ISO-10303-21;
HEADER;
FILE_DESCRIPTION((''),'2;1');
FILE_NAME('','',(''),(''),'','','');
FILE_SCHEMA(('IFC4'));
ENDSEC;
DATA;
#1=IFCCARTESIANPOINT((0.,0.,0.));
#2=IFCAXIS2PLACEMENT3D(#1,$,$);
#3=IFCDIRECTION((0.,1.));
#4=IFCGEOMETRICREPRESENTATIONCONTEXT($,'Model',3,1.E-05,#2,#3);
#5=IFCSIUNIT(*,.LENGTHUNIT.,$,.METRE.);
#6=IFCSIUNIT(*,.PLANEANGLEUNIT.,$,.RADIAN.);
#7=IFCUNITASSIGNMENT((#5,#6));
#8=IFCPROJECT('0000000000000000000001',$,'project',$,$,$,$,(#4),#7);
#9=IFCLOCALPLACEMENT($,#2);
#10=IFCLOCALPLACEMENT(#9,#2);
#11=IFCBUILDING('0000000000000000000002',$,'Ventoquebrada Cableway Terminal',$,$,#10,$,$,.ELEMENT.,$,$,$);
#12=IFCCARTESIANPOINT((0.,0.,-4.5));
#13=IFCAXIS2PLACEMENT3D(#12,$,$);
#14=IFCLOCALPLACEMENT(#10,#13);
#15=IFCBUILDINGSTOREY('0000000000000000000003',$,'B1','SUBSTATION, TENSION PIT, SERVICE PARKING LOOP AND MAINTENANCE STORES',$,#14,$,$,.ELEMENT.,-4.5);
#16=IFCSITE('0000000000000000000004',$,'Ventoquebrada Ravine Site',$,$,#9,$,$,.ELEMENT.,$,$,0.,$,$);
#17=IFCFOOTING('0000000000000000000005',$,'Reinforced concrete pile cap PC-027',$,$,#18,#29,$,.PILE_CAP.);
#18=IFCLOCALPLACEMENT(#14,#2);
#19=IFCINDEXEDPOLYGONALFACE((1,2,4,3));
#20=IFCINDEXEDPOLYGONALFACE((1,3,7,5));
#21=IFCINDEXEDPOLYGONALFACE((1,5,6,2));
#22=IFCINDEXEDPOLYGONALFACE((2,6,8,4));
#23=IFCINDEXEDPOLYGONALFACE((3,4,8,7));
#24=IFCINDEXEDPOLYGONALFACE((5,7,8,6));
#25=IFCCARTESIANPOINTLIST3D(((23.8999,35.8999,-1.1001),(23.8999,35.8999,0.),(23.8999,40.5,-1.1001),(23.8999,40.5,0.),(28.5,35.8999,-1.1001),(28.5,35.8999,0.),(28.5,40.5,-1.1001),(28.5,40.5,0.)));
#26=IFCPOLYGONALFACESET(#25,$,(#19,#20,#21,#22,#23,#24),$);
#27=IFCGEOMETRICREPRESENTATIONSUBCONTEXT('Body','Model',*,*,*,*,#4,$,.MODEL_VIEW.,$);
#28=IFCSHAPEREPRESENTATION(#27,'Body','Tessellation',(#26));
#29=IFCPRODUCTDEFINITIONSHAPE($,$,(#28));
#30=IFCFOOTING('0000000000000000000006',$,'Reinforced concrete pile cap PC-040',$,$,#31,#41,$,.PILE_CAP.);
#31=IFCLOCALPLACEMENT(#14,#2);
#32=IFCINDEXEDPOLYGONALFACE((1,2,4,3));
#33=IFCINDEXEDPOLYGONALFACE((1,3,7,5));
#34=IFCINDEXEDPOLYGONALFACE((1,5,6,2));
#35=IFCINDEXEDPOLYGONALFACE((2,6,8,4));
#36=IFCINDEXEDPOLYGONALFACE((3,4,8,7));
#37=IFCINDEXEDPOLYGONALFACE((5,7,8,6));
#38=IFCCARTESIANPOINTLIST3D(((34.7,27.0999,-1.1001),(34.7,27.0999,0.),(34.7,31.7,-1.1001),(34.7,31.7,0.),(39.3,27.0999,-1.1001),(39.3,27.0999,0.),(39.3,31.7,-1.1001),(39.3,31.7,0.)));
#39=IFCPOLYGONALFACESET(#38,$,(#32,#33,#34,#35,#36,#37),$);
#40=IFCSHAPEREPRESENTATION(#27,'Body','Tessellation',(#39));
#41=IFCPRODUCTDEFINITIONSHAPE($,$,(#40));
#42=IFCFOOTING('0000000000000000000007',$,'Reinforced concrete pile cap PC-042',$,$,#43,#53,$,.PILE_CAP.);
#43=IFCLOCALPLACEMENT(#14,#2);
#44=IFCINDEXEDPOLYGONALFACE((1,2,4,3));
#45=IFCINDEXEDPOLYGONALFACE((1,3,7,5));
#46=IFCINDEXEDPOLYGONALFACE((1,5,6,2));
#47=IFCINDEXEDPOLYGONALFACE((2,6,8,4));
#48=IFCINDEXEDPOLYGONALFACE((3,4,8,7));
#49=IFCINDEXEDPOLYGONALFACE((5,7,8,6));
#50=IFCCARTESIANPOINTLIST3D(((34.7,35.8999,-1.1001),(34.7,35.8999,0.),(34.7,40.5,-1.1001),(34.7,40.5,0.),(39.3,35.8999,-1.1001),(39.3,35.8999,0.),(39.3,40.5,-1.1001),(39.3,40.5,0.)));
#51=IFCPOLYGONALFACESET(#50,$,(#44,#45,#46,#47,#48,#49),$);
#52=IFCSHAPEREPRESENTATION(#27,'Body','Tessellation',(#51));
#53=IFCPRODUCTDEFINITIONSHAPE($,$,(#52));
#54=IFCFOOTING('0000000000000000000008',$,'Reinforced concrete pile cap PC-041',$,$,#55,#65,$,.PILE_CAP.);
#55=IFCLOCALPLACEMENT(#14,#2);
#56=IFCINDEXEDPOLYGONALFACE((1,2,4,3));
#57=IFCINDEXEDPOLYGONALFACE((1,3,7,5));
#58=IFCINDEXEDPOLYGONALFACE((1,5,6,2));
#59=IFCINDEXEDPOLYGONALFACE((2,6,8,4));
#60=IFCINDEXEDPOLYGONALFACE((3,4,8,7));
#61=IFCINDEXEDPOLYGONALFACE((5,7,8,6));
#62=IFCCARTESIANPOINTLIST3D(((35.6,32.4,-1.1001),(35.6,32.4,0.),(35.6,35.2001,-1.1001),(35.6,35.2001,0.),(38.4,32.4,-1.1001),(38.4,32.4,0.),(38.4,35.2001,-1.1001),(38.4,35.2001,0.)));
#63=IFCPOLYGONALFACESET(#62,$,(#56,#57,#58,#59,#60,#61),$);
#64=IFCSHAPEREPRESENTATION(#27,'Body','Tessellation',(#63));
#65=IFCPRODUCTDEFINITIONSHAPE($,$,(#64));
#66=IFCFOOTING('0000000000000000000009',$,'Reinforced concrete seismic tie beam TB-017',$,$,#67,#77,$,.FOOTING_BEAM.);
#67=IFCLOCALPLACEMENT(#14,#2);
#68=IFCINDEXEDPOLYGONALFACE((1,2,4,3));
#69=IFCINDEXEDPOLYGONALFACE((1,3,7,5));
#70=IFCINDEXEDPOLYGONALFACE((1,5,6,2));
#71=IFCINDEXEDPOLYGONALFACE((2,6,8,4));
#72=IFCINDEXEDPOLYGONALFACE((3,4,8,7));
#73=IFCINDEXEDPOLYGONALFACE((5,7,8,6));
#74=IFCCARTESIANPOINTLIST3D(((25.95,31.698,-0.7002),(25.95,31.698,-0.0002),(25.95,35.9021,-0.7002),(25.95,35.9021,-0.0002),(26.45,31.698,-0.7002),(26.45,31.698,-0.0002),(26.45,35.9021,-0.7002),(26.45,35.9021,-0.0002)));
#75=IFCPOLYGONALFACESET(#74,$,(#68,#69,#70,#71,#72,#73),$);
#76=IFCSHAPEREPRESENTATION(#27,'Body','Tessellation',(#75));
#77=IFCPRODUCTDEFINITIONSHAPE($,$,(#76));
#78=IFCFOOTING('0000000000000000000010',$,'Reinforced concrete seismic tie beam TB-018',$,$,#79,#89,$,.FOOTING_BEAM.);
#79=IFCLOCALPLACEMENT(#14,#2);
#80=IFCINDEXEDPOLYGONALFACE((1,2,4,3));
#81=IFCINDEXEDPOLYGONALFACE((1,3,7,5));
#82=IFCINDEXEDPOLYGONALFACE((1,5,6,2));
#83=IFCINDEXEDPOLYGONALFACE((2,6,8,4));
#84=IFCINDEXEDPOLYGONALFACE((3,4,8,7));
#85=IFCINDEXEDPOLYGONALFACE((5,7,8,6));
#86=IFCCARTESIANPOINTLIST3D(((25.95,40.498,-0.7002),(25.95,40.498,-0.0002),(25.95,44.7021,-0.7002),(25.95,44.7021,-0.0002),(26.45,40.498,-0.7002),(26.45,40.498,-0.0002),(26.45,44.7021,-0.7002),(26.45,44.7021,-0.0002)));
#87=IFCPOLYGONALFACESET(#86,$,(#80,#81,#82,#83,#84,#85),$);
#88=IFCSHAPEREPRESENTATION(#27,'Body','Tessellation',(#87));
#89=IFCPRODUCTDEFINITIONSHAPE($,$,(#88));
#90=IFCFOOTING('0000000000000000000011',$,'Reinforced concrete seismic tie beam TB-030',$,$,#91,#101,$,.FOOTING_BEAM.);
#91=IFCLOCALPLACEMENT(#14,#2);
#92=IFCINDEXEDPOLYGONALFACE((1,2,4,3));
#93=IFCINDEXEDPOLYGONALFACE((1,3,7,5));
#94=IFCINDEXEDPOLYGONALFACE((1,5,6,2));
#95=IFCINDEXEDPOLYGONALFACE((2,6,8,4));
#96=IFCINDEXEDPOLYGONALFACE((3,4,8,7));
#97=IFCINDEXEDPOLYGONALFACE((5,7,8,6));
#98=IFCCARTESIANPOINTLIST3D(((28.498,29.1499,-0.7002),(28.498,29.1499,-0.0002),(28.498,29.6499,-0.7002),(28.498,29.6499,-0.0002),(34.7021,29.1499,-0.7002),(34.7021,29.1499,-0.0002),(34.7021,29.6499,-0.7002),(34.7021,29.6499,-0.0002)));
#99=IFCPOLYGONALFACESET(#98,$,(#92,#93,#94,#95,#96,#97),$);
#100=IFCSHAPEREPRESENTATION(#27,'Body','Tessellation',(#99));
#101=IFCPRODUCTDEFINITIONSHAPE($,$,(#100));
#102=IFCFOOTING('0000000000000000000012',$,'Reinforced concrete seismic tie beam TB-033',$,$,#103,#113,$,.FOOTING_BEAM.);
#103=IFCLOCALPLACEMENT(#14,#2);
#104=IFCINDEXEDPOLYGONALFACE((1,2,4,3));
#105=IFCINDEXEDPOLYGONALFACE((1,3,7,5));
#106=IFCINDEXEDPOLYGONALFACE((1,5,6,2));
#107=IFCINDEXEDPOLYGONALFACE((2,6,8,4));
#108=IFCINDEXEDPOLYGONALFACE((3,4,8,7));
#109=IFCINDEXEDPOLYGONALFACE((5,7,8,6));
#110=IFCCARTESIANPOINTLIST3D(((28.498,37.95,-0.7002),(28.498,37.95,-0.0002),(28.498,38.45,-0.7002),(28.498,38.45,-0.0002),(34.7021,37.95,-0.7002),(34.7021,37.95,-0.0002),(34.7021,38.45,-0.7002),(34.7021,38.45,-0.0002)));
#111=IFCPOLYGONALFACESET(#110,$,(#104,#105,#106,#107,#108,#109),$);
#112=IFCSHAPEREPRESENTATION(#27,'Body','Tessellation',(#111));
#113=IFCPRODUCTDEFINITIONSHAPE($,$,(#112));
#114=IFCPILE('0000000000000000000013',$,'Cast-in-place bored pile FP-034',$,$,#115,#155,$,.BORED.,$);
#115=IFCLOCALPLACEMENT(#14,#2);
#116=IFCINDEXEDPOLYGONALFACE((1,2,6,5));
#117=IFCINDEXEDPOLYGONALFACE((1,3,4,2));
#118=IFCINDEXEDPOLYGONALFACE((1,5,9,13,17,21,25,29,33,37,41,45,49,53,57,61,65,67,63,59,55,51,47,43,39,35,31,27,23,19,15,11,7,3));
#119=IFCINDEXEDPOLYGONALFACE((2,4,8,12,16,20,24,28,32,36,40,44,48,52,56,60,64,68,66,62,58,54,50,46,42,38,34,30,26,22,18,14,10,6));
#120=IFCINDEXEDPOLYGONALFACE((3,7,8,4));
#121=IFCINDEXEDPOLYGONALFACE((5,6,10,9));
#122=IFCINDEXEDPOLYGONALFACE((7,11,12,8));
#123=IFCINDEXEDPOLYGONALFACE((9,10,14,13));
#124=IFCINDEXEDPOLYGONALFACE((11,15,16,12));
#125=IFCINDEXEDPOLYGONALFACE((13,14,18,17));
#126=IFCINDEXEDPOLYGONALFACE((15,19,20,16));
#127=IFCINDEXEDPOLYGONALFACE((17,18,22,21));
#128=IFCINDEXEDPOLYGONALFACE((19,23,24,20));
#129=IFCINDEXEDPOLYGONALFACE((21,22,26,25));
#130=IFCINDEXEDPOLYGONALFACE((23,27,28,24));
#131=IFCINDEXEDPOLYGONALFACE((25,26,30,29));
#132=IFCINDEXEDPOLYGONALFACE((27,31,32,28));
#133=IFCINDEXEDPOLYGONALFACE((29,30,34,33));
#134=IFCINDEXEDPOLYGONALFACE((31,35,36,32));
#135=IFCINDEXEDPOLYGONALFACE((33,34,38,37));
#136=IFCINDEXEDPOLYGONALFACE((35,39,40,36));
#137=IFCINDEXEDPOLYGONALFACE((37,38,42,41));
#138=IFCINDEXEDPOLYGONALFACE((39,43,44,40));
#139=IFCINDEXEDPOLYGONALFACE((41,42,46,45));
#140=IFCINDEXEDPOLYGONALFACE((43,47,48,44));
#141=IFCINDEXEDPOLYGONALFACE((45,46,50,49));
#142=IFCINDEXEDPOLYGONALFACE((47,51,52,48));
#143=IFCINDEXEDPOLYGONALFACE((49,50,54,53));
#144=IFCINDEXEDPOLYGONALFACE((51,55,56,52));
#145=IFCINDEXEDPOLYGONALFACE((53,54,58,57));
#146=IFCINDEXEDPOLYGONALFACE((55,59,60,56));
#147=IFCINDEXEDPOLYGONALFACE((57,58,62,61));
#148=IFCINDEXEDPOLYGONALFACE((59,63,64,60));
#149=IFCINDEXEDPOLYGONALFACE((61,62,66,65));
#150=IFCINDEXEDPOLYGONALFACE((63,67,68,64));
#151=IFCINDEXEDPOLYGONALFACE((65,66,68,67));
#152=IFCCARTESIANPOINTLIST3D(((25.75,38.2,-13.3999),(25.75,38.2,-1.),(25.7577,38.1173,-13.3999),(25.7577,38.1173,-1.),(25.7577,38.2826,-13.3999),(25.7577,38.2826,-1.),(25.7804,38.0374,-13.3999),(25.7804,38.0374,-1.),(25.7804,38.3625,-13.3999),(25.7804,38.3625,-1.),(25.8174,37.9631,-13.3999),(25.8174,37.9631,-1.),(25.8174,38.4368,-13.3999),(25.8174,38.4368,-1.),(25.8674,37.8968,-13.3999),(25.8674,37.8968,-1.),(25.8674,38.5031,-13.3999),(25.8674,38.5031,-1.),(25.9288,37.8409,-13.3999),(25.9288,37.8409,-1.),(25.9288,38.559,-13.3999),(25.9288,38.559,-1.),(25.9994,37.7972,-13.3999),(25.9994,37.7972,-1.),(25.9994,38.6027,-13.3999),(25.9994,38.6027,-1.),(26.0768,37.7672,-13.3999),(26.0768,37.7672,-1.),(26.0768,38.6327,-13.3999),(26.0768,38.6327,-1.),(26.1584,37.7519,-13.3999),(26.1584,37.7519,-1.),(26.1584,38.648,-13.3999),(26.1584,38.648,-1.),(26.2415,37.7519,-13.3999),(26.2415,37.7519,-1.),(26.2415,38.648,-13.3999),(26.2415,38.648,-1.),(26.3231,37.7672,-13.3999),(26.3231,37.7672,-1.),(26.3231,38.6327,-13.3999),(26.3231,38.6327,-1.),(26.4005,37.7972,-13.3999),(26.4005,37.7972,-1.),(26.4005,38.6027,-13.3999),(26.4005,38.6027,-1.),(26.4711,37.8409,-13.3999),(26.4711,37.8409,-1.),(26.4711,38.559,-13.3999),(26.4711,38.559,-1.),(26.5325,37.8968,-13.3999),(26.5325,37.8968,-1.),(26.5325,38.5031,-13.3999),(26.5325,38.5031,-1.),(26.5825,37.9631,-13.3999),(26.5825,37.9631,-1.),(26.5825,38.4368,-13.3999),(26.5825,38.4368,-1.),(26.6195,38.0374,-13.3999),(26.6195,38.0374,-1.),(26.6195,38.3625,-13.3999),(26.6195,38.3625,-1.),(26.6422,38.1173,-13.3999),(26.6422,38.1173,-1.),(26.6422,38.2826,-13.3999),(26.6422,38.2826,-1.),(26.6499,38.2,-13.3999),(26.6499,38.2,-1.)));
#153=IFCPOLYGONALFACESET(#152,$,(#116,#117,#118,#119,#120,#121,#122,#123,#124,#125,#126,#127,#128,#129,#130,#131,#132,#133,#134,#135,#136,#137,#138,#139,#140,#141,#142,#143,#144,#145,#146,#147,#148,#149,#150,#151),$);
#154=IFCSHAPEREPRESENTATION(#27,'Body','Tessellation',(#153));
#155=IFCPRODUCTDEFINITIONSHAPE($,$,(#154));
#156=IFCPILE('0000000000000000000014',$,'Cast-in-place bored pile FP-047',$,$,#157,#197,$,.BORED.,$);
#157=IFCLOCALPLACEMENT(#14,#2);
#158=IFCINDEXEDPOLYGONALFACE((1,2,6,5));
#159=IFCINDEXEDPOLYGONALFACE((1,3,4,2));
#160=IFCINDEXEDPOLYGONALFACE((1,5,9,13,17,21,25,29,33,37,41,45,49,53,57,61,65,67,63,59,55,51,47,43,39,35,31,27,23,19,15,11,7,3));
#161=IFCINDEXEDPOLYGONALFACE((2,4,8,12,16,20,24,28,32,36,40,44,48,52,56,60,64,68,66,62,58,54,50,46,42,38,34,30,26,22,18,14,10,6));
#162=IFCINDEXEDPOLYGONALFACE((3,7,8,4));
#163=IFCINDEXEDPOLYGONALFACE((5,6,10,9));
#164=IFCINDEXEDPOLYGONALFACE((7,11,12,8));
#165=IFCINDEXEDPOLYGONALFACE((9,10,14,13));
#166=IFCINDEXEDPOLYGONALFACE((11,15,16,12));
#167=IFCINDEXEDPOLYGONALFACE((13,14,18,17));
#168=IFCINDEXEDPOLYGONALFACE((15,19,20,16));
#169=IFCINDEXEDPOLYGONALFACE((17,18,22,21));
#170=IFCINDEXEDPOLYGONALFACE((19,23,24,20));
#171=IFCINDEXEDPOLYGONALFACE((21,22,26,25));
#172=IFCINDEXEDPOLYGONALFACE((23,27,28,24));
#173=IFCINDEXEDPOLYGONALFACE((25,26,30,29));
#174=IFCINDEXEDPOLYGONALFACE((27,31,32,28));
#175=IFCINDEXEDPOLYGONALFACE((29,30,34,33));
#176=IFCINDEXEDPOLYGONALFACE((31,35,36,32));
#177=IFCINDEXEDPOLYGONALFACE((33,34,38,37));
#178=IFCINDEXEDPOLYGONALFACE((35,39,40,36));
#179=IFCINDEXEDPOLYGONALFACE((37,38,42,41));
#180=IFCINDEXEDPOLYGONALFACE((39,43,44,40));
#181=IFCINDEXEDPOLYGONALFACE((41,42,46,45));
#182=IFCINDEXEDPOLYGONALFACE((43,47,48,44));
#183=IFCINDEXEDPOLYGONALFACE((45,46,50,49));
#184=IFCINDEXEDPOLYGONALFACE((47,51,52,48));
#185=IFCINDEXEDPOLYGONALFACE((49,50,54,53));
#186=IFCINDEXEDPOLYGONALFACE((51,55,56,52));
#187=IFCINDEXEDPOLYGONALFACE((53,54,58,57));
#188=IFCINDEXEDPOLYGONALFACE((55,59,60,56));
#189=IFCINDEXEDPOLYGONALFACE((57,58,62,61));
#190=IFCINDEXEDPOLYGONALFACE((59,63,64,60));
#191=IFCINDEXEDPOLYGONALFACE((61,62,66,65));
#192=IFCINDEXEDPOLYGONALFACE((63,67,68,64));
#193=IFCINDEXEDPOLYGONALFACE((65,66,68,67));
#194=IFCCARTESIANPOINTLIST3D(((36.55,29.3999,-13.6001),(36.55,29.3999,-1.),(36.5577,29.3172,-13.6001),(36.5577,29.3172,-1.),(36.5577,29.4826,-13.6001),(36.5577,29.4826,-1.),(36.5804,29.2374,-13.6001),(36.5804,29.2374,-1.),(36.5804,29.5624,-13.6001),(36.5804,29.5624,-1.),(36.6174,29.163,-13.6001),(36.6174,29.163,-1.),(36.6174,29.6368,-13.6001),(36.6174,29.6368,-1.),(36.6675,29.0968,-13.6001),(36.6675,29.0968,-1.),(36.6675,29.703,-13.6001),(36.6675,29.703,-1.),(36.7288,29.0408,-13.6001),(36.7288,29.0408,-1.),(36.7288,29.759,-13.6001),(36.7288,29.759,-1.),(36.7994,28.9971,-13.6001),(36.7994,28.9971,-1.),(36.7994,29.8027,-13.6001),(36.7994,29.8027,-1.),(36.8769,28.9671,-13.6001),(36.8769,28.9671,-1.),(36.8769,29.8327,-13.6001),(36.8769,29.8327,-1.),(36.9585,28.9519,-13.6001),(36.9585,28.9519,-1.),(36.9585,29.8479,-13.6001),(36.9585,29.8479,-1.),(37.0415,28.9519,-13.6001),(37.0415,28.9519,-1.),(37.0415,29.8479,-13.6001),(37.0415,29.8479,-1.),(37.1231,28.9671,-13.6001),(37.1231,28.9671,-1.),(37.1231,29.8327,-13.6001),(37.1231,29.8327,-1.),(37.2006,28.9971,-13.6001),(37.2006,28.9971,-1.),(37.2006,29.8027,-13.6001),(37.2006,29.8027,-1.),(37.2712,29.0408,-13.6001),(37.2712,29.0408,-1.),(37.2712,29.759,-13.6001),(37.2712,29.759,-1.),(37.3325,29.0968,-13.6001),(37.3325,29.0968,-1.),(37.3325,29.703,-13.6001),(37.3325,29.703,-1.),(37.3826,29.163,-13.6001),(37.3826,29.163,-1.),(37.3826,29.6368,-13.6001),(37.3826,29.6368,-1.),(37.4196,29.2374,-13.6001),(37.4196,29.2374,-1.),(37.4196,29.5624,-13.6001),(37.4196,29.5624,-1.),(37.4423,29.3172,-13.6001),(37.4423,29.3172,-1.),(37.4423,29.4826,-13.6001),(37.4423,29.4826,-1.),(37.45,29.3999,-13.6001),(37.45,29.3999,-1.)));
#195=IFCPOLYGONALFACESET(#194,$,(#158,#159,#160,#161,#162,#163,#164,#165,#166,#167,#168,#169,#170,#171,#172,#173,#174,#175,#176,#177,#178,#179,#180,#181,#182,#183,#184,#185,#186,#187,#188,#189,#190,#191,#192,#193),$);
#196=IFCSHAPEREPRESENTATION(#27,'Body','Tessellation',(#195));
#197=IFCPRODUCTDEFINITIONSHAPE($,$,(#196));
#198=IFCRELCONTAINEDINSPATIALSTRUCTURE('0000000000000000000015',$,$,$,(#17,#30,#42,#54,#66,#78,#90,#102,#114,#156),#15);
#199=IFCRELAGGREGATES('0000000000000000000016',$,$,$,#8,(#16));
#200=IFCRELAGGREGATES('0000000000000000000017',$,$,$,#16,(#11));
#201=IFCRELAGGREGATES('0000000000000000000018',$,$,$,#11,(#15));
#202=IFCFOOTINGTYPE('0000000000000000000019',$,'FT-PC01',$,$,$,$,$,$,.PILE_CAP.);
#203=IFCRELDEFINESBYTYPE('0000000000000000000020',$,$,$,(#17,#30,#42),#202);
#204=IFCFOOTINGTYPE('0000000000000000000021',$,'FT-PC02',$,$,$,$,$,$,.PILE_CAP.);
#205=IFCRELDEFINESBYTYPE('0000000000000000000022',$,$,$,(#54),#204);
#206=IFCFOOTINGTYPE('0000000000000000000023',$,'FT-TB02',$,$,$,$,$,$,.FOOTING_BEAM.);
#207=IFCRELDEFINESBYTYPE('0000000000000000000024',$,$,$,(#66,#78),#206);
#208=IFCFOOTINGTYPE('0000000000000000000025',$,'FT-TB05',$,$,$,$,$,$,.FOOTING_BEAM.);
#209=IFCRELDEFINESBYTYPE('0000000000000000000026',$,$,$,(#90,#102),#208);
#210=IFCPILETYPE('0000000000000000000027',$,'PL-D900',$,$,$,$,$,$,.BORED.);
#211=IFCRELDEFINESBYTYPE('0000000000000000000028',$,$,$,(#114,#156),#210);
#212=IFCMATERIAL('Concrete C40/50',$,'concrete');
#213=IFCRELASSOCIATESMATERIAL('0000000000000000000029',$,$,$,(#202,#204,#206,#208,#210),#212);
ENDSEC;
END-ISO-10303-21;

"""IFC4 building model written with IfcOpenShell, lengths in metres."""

from ifc_helpers import new_model, si_unit, direction, frame, origin, origin_2d, place, context, subcontext, project, spatial, rectangle, circle, extrude, material, material_profile, profile_set, type_object, element, save


model = new_model("IFC4")

# Units and contexts
model_context = context("Model", 3, precision=1e-05, world=origin(), true_north=direction((0.0, 1.0)))
body_context = subcontext(model_context, "Body", "Model", "MODEL_VIEW")
ifc_project = project(units=[si_unit("LENGTHUNIT", "METRE"), si_unit("PLANEANGLEUNIT", "RADIAN")], contexts=[model_context])

# Site, building, storey
site_placement = place(None, origin())
site = spatial("IfcSite", under=ifc_project, at=site_placement, Name="Ventoquebrada Ravine Site", CompositionType="ELEMENT", RefElevation=0.0)
building_placement = place(site_placement, origin())
building = spatial("IfcBuilding", under=site, at=building_placement, Name="Ventoquebrada Cableway Terminal", CompositionType="ELEMENT")
storey_placement = place(building_placement, frame((0.0, 0.0, -4.5)))
storey = spatial("IfcBuildingStorey", under=building, at=storey_placement, Name="B1", Description="SUBSTATION, TENSION PIT, SERVICE PARKING LOOP AND MAINTENANCE STORES", CompositionType="ELEMENT", Elevation=-4.5)

# Footings
ifc_material = material(Name="Concrete C40/50", Category="concrete")
footing_type_1 = type_object("IfcFootingType", Name="FT-PC01", PredefinedType="PILE_CAP", material=ifc_material)
for number, where, z_axis, x_axis, name in (
    (1, (26.2, 38.2, -1.1001), (0.0, 0.0, 1.0), (1.0, 0.0, 0.0), "Reinforced concrete pile cap PC-027"),
    (2, (37.0, 29.3999, -1.1001), (0.0, 0.0, 1.0), (1.0, 0.0, 0.0), "Reinforced concrete pile cap PC-040"),
    (3, (37.0, 38.2, -1.1001), (0.0, 0.0, 1.0), (1.0, 0.0, 0.0), "Reinforced concrete pile cap PC-042"),
):
    element("IfcFooting", number, at=place(storey_placement, frame(where, z_axis=z_axis, x_axis=x_axis)), inside=storey, type_object=footing_type_1, Name=name, PredefinedType="PILE_CAP", context=body_context, shape_type="SweptSolid", body=[
        extrude(rectangle(XDim=4.6001, YDim=4.6001, at=origin_2d()), origin(), (0.0, 0.0, 1.0), 1.1001),
    ])
footing_type_2 = type_object("IfcFootingType", Name="FT-PC02", PredefinedType="PILE_CAP", material=ifc_material)
footing_placement = place(storey_placement, frame((37.0, 33.8, -1.1001), z_axis=(0.0, 0.0, 1.0), x_axis=(1.0, 0.0, 0.0)))
element("IfcFooting", 4, at=footing_placement, inside=storey, type_object=footing_type_2, Name="Reinforced concrete pile cap PC-041", PredefinedType="PILE_CAP", context=body_context, shape_type="SweptSolid", body=[
    extrude(rectangle(XDim=2.8, YDim=2.8, at=origin_2d()), origin(), (0.0, 0.0, 1.0), 1.1001),
])
footing_type_3 = type_object("IfcFootingType", Name="FT-TB02", PredefinedType="FOOTING_BEAM", material=ifc_material)
for number, where, z_axis, x_axis, name in (
    (5, (26.2, 33.8, -0.7002), (0.0, 0.0, 1.0), (0.0, 1.0, 0.0), "Reinforced concrete seismic tie beam TB-017"),
    (6, (26.2, 42.6001, -0.7002), (0.0, 0.0, 1.0), (0.0, 1.0, 0.0), "Reinforced concrete seismic tie beam TB-018"),
):
    element("IfcFooting", number, at=place(storey_placement, frame(where, z_axis=z_axis, x_axis=x_axis)), inside=storey, type_object=footing_type_3, Name=name, PredefinedType="FOOTING_BEAM", context=body_context, shape_type="SweptSolid", body=[
        extrude(rectangle(XDim=4.2041, YDim=0.5, at=origin_2d()), origin(), (0.0, 0.0, 1.0), 0.7),
    ])
footing_type_4 = type_object("IfcFootingType", Name="FT-TB05", PredefinedType="FOOTING_BEAM", material=ifc_material)
for number, where, z_axis, x_axis, name in (
    (7, (31.6001, 29.3999, -0.7002), (0.0, 0.0, 1.0), (1.0, 0.0, 0.0), "Reinforced concrete seismic tie beam TB-030"),
    (8, (31.6001, 38.2, -0.7002), (0.0, 0.0, 1.0), (1.0, 0.0, 0.0), "Reinforced concrete seismic tie beam TB-033"),
):
    element("IfcFooting", number, at=place(storey_placement, frame(where, z_axis=z_axis, x_axis=x_axis)), inside=storey, type_object=footing_type_4, Name=name, PredefinedType="FOOTING_BEAM", context=body_context, shape_type="SweptSolid", body=[
        extrude(rectangle(XDim=6.2041, YDim=0.5, at=origin_2d()), origin(), (0.0, 0.0, 1.0), 0.7),
    ])

# Piles
ifc_material_profile_1 = material_profile(ifc_material, circle(Radius=0.45, at=origin_2d()), Name="PILE-D900")
ifc_profile_set_1 = profile_set([ifc_material_profile_1], Name="Concrete C40/50")
pile_type = type_object("IfcPileType", Name="PL-D900", PredefinedType="BORED", material=ifc_profile_set_1)
pile_1_placement = place(storey_placement, frame((26.2, 38.2, -1.0), z_axis=(0.0, 0.0, -1.0), x_axis=(1.0, 0.0, 0.0)))
element("IfcPile", 9, at=pile_1_placement, inside=storey, type_object=pile_type, Name="Cast-in-place bored pile FP-034", PredefinedType="BORED", context=body_context, shape_type="SweptSolid", body=[
    extrude(circle(Radius=0.45, at=origin_2d()), origin(), (0.0, 0.0, 1.0), 12.3999),
])
pile_2_placement = place(storey_placement, frame((37.0, 29.3999, -1.0), z_axis=(0.0, 0.0, -1.0), x_axis=(1.0, 0.0, 0.0)))
element("IfcPile", 10, at=pile_2_placement, inside=storey, type_object=pile_type, Name="Cast-in-place bored pile FP-047", PredefinedType="BORED", context=body_context, shape_type="SweptSolid", body=[
    extrude(circle(Radius=0.45, at=origin_2d()), origin(), (0.0, 0.0, 1.0), 12.6001),
])

save(model, "model.ifc")
